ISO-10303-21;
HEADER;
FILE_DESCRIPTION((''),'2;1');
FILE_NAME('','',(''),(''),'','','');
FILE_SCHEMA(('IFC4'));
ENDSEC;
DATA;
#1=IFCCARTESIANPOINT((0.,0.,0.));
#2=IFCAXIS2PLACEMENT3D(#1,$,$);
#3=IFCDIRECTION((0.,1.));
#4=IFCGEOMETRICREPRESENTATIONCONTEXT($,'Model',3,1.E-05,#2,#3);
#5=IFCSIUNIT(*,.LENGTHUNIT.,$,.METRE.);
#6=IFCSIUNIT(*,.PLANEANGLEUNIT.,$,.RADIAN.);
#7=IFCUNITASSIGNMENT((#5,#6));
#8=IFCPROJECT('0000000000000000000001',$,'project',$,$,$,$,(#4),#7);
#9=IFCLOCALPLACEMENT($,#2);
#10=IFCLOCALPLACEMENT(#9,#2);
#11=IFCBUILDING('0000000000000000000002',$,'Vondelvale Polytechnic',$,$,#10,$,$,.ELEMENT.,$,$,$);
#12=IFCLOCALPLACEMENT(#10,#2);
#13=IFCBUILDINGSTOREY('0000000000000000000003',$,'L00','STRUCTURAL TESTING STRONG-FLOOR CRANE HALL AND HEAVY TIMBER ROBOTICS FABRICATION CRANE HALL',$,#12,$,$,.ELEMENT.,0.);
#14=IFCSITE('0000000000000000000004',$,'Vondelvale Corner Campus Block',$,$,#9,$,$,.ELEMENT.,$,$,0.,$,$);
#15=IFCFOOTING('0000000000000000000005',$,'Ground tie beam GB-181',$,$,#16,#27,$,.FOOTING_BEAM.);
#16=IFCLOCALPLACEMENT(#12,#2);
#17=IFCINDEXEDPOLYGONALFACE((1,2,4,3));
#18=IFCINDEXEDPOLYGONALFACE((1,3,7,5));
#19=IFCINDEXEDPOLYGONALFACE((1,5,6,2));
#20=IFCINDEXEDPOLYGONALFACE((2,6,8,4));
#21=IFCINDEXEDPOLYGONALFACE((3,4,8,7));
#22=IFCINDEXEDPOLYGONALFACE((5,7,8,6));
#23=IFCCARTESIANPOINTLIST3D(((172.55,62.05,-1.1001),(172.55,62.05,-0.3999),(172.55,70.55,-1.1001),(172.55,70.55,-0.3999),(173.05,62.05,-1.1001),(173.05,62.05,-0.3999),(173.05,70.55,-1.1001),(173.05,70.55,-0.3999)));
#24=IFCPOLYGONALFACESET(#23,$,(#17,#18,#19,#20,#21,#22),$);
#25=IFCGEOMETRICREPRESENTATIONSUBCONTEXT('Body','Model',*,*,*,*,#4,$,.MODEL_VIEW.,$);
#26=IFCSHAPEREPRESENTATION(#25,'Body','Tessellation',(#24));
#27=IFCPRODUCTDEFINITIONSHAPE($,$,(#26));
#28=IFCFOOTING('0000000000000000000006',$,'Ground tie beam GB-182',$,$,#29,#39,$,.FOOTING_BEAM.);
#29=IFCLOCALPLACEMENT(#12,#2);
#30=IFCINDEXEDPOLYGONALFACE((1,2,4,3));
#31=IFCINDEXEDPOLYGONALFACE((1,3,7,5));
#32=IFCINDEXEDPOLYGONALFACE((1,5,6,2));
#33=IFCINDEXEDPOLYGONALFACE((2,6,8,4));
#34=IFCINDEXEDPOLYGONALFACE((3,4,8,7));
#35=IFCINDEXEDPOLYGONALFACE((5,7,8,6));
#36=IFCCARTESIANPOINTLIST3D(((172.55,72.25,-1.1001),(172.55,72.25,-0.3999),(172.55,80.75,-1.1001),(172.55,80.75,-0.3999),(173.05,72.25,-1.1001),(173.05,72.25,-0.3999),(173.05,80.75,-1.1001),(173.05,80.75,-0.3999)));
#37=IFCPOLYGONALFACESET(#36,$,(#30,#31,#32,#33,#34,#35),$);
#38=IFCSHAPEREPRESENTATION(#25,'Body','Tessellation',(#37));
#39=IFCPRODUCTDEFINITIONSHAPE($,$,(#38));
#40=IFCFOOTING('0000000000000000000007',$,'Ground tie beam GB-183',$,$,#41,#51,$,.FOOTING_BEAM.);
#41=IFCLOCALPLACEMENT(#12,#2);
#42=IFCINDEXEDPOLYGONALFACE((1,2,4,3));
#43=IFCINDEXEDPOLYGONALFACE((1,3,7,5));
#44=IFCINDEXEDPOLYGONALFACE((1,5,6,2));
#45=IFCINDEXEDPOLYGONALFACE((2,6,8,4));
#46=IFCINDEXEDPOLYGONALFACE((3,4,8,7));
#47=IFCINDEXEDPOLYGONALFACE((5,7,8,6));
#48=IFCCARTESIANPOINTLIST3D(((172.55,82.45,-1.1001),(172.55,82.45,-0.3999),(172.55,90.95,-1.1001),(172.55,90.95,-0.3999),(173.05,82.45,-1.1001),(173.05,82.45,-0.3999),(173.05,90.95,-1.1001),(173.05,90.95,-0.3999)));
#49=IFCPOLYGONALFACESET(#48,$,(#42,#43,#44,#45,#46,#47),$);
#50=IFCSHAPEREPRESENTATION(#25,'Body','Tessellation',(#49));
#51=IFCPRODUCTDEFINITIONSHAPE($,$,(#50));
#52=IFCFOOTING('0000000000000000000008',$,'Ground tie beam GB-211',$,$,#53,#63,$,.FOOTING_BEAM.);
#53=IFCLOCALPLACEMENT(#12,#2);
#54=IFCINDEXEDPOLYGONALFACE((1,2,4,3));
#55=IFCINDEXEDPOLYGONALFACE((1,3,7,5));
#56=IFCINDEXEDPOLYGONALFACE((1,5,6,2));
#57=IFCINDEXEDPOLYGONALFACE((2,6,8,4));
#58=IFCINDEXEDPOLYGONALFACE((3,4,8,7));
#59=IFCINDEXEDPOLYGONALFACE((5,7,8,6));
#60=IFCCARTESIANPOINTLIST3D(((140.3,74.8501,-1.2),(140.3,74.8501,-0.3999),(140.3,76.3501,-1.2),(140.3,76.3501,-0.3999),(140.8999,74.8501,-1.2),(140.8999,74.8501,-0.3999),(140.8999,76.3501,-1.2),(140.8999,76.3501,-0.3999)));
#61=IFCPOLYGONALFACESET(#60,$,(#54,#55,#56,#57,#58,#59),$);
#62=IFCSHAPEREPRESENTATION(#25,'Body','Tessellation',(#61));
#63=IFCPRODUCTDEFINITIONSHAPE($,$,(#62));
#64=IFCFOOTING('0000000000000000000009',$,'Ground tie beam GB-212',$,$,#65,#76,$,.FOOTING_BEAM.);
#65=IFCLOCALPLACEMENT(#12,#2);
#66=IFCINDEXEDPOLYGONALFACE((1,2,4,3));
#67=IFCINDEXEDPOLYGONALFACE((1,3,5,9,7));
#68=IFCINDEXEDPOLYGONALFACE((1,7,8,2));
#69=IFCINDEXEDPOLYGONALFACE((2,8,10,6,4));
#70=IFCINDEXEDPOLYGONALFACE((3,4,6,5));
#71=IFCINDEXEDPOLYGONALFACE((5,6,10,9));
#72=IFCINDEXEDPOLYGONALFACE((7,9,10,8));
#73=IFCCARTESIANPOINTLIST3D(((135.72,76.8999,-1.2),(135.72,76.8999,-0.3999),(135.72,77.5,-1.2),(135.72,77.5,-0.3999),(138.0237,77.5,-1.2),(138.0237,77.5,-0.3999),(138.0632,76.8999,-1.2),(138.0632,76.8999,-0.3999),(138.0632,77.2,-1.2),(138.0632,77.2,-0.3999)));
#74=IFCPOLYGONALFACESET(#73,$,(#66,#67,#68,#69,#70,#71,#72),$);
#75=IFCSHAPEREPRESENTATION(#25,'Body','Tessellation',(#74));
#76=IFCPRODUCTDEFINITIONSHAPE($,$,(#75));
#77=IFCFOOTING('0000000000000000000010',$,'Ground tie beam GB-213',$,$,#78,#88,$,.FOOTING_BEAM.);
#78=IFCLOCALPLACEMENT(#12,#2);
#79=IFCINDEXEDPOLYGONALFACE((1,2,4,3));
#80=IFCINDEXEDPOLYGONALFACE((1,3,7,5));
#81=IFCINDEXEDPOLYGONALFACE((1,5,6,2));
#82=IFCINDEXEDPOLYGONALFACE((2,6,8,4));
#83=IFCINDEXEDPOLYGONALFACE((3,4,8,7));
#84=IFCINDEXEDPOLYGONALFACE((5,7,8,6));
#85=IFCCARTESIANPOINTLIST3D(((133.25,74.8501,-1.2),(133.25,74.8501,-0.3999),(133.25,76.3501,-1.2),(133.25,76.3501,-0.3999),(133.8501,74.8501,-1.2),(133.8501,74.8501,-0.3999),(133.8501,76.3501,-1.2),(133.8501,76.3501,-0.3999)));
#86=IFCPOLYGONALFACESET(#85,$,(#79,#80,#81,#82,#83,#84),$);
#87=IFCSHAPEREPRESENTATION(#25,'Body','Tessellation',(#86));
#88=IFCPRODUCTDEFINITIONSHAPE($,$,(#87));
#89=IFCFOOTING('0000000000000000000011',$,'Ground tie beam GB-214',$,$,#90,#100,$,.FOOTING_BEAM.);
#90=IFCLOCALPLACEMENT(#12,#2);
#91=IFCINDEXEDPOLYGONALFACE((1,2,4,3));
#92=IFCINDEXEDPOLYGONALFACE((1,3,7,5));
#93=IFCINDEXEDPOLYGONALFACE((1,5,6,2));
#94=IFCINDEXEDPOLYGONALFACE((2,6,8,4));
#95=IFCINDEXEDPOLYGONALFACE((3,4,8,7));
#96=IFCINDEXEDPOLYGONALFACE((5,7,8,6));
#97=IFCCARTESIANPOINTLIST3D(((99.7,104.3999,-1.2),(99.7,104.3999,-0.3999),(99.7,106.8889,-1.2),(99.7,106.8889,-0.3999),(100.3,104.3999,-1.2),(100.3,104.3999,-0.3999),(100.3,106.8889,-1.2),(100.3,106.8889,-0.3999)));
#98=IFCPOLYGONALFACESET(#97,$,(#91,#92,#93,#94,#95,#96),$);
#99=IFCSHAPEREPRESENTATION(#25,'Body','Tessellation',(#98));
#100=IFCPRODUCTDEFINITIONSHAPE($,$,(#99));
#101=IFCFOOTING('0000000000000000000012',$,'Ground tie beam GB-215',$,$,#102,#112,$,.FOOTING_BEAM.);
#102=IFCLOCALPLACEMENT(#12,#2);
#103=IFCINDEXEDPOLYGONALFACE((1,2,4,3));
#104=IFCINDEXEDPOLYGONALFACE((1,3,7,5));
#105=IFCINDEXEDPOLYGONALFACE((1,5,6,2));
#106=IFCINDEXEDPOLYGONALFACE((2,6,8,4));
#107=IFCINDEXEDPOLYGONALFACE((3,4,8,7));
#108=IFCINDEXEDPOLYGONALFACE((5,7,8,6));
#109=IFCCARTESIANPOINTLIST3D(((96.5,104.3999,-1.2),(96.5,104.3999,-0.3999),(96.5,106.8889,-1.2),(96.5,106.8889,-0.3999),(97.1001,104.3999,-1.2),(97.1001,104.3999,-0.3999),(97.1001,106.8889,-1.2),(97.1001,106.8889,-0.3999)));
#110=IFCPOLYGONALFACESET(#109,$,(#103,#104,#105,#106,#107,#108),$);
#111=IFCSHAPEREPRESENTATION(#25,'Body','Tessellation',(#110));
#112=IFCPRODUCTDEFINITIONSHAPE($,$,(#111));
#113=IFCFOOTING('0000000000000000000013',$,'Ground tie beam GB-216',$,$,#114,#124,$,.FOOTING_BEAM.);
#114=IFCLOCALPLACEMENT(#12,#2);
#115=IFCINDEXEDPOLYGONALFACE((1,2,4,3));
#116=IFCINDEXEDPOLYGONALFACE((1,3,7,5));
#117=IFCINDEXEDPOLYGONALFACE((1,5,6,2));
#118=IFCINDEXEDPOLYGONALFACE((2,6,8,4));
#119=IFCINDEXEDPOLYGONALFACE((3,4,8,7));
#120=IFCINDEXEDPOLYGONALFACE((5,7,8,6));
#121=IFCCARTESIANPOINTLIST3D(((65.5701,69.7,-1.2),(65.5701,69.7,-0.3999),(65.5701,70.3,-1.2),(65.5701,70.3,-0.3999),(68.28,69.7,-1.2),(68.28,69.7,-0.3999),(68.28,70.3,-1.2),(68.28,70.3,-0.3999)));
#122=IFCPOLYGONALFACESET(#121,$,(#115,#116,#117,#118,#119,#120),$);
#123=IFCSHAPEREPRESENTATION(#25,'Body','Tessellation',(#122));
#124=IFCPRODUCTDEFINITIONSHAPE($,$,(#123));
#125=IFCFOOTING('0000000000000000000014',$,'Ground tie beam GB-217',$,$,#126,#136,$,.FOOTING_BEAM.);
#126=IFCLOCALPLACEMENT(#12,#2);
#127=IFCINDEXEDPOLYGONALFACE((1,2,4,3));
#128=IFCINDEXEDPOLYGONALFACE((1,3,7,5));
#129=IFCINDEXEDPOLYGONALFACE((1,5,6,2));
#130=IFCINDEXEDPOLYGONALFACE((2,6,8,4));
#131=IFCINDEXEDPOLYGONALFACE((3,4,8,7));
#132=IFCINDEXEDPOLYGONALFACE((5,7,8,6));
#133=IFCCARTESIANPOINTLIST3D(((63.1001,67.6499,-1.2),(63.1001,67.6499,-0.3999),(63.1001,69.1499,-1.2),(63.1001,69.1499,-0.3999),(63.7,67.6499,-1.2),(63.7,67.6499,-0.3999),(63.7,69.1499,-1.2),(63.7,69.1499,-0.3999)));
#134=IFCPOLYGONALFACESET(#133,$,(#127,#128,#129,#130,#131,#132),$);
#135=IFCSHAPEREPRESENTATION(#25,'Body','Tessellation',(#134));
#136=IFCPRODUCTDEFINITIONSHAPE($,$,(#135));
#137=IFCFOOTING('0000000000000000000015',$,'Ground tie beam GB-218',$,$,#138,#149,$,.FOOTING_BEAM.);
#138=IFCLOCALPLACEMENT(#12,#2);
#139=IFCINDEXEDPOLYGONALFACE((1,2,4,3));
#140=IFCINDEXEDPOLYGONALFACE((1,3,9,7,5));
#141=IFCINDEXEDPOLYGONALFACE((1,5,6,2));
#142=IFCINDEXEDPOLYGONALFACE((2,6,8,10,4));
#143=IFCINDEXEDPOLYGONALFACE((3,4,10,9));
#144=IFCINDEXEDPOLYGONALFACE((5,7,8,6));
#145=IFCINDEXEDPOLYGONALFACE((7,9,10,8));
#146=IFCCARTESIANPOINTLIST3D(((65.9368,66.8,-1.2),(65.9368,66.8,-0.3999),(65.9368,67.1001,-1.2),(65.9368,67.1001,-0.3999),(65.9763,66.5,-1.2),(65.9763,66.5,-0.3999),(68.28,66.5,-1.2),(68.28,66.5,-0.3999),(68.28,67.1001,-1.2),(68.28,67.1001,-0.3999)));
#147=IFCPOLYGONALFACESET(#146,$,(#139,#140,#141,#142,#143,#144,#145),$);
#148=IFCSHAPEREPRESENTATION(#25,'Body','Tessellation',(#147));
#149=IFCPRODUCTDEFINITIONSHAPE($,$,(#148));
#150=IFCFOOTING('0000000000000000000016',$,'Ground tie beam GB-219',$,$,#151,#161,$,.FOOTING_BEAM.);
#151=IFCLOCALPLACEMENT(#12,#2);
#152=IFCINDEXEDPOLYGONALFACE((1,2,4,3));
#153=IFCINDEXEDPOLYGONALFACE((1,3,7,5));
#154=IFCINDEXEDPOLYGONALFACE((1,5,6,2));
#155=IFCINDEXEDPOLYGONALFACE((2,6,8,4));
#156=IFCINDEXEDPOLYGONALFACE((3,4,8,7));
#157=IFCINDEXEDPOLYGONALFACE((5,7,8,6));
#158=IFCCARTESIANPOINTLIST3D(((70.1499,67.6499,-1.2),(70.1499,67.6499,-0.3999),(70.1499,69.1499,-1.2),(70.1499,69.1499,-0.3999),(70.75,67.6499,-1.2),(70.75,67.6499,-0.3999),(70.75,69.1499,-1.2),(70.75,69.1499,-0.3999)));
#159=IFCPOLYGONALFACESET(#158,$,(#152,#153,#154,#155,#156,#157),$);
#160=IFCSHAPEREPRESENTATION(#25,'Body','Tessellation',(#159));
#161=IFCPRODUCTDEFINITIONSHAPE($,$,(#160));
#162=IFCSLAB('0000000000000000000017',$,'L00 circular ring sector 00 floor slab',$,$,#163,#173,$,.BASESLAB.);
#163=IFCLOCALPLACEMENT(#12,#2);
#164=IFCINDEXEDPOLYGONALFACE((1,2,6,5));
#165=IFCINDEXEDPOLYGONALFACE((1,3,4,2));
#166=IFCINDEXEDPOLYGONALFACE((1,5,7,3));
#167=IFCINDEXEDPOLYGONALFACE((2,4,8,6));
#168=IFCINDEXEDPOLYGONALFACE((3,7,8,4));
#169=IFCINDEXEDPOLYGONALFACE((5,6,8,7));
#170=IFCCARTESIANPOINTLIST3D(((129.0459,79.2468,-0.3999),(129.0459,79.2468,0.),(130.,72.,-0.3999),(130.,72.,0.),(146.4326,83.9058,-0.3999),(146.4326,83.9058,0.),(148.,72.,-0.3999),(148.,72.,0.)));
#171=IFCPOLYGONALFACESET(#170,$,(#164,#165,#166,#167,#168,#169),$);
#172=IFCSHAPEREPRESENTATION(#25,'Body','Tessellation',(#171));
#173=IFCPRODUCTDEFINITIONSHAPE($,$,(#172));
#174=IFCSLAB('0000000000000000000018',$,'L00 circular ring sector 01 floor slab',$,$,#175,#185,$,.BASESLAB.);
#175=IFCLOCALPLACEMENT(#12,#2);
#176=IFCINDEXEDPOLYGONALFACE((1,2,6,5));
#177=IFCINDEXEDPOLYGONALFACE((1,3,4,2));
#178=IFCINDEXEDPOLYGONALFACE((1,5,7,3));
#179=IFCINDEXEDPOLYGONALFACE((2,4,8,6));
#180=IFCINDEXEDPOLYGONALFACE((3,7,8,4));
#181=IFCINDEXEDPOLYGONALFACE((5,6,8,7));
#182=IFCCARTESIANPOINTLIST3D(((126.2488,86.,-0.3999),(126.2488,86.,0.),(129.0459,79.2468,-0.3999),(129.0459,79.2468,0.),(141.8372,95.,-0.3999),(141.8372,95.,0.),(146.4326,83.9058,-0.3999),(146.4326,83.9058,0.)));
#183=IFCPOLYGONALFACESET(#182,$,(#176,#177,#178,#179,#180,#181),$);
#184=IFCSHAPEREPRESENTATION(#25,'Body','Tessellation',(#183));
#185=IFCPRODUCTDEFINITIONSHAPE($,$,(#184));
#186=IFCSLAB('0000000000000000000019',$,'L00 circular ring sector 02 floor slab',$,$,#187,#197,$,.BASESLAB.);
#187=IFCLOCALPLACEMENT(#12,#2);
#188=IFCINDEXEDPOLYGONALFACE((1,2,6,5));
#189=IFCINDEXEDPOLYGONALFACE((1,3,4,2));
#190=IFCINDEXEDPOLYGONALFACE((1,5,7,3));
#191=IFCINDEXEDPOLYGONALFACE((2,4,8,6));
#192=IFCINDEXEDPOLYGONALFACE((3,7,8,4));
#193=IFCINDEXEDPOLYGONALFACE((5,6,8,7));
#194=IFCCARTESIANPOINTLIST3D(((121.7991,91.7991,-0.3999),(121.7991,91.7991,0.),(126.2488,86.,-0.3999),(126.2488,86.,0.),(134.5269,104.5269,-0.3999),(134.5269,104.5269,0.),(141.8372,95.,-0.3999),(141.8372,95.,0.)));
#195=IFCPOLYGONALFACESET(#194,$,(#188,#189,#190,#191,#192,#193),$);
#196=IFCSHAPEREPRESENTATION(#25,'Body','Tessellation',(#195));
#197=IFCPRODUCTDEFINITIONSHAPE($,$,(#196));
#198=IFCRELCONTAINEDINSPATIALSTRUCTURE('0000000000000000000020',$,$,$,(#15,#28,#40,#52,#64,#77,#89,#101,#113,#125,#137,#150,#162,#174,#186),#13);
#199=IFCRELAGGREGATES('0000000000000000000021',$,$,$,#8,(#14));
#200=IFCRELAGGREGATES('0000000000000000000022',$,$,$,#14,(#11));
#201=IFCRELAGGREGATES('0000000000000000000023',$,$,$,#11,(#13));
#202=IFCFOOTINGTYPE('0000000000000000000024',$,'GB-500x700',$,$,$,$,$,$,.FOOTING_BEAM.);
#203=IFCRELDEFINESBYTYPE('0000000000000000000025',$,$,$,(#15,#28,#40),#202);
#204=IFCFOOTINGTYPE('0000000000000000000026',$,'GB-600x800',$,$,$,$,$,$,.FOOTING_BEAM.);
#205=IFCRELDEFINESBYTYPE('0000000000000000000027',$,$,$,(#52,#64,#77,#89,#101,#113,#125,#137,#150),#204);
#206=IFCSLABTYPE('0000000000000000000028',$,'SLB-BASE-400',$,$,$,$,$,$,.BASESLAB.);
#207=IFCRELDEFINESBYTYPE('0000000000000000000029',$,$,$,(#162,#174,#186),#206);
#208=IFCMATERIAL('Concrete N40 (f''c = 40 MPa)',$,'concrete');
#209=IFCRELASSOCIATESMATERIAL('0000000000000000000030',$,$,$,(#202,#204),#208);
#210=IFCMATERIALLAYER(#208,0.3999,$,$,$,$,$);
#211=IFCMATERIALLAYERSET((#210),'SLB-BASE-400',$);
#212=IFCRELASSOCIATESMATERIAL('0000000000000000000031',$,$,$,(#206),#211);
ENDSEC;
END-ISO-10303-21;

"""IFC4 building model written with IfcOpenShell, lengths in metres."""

from ifc_helpers import new_model, si_unit, direction, frame, origin, place, context, subcontext, project, spatial, polyline, outline, extrude, material, layer, layer_set, type_object, element, save


model = new_model("IFC4")

# Units and contexts
model_context = context("Model", 3, precision=1e-05, world=origin(), true_north=direction((0.0, 1.0)))
body_context = subcontext(model_context, "Body", "Model", "MODEL_VIEW")
ifc_project = project(units=[si_unit("LENGTHUNIT", "METRE"), si_unit("PLANEANGLEUNIT", "RADIAN")], contexts=[model_context])

# Site, building, storey
site_placement = place(None, origin())
site = spatial("IfcSite", under=ifc_project, at=site_placement, Name="Vondelvale Corner Campus Block", CompositionType="ELEMENT", RefElevation=0.0)
building_placement = place(site_placement, origin())
building = spatial("IfcBuilding", under=site, at=building_placement, Name="Vondelvale Polytechnic", CompositionType="ELEMENT")
storey_placement = place(building_placement, origin())
storey = spatial("IfcBuildingStorey", under=building, at=storey_placement, Name="L00", Description="STRUCTURAL TESTING STRONG-FLOOR CRANE HALL AND HEAVY TIMBER ROBOTICS FABRICATION CRANE HALL", CompositionType="ELEMENT", Elevation=0.0)

# Footings
ifc_material = material(Name="Concrete N40 (f'c = 40 MPa)", Category="concrete")
footing_type_1 = type_object("IfcFootingType", Name="GB-500x700", PredefinedType="FOOTING_BEAM", material=ifc_material)
footing_1_placement = place(storey_placement, frame((0.0, 0.0, -1.1001)))
element("IfcFooting", 1, at=footing_1_placement, inside=storey, type_object=footing_type_1, Name="Ground tie beam GB-181", PredefinedType="FOOTING_BEAM", context=body_context, shape_type="SweptSolid", body=[
    extrude(outline(polyline([(173.05, 62.05), (172.55, 62.05), (172.55, 70.55), (173.05, 70.55), (173.05, 62.05)])), origin(), (0.0, 0.0, 1.0), 0.7002),
])
footing_2_placement = place(storey_placement, frame((0.0, 0.0, -1.1001)))
element("IfcFooting", 2, at=footing_2_placement, inside=storey, type_object=footing_type_1, Name="Ground tie beam GB-182", PredefinedType="FOOTING_BEAM", context=body_context, shape_type="SweptSolid", body=[
    extrude(outline(polyline([(173.05, 72.25), (172.55, 72.25), (172.55, 80.75), (173.05, 80.75), (173.05, 72.25)])), origin(), (0.0, 0.0, 1.0), 0.7002),
])
footing_3_placement = place(storey_placement, frame((0.0, 0.0, -1.1001)))
element("IfcFooting", 3, at=footing_3_placement, inside=storey, type_object=footing_type_1, Name="Ground tie beam GB-183", PredefinedType="FOOTING_BEAM", context=body_context, shape_type="SweptSolid", body=[
    extrude(outline(polyline([(173.05, 82.45), (172.55, 82.45), (172.55, 90.95), (173.05, 90.95), (173.05, 82.45)])), origin(), (0.0, 0.0, 1.0), 0.7002),
])
footing_type_2 = type_object("IfcFootingType", Name="GB-600x800", PredefinedType="FOOTING_BEAM", material=ifc_material)
footing_4_placement = place(storey_placement, frame((0.0, 0.0, -1.2)))
element("IfcFooting", 4, at=footing_4_placement, inside=storey, type_object=footing_type_2, Name="Ground tie beam GB-211", PredefinedType="FOOTING_BEAM", context=body_context, shape_type="SweptSolid", body=[
    extrude(outline(polyline([(140.8999, 74.8501), (140.3, 74.8501), (140.3, 76.3501), (140.8999, 76.3501), (140.8999, 74.8501)])), origin(), (0.0, 0.0, 1.0), 0.8),
])
footing_5_placement = place(storey_placement, frame((0.0, 0.0, -1.2)))
element("IfcFooting", 5, at=footing_5_placement, inside=storey, type_object=footing_type_2, Name="Ground tie beam GB-212", PredefinedType="FOOTING_BEAM", context=body_context, shape_type="SweptSolid", body=[
    extrude(outline(polyline([(138.0237, 77.5), (138.0632, 77.2), (138.0632, 76.8999), (135.72, 76.8999), (135.72, 77.5), (138.0237, 77.5)])), origin(), (0.0, 0.0, 1.0), 0.8),
])
footing_6_placement = place(storey_placement, frame((0.0, 0.0, -1.2)))
element("IfcFooting", 6, at=footing_6_placement, inside=storey, type_object=footing_type_2, Name="Ground tie beam GB-213", PredefinedType="FOOTING_BEAM", context=body_context, shape_type="SweptSolid", body=[
    extrude(outline(polyline([(133.25, 76.3501), (133.8501, 76.3501), (133.8501, 74.8501), (133.25, 74.8501), (133.25, 76.3501)])), origin(), (0.0, 0.0, 1.0), 0.8),
])
footing_7_placement = place(storey_placement, frame((0.0, 0.0, -1.2)))
element("IfcFooting", 7, at=footing_7_placement, inside=storey, type_object=footing_type_2, Name="Ground tie beam GB-214", PredefinedType="FOOTING_BEAM", context=body_context, shape_type="SweptSolid", body=[
    extrude(outline(polyline([(100.3, 104.3999), (99.7, 104.3999), (99.7, 106.8889), (100.3, 106.8889), (100.3, 104.3999)])), origin(), (0.0, 0.0, 1.0), 0.8),
])
footing_8_placement = place(storey_placement, frame((0.0, 0.0, -1.2)))
element("IfcFooting", 8, at=footing_8_placement, inside=storey, type_object=footing_type_2, Name="Ground tie beam GB-215", PredefinedType="FOOTING_BEAM", context=body_context, shape_type="SweptSolid", body=[
    extrude(outline(polyline([(96.5, 106.8889), (97.1001, 106.8889), (97.1001, 104.3999), (96.5, 104.3999), (96.5, 106.8889)])), origin(), (0.0, 0.0, 1.0), 0.8),
])
footing_9_placement = place(storey_placement, frame((0.0, 0.0, -1.2)))
element("IfcFooting", 9, at=footing_9_placement, inside=storey, type_object=footing_type_2, Name="Ground tie beam GB-216", PredefinedType="FOOTING_BEAM", context=body_context, shape_type="SweptSolid", body=[
    extrude(outline(polyline([(68.28, 70.3), (68.28, 69.7), (65.5701, 69.7), (65.5701, 70.3), (68.28, 70.3)])), origin(), (0.0, 0.0, 1.0), 0.8),
])
footing_10_placement = place(storey_placement, frame((0.0, 0.0, -1.2)))
element("IfcFooting", 10, at=footing_10_placement, inside=storey, type_object=footing_type_2, Name="Ground tie beam GB-217", PredefinedType="FOOTING_BEAM", context=body_context, shape_type="SweptSolid", body=[
    extrude(outline(polyline([(63.1001, 69.1499), (63.7, 69.1499), (63.7, 67.6499), (63.1001, 67.6499), (63.1001, 69.1499)])), origin(), (0.0, 0.0, 1.0), 0.8),
])
footing_11_placement = place(storey_placement, frame((0.0, 0.0, -1.2)))
element("IfcFooting", 11, at=footing_11_placement, inside=storey, type_object=footing_type_2, Name="Ground tie beam GB-218", PredefinedType="FOOTING_BEAM", context=body_context, shape_type="SweptSolid", body=[
    extrude(outline(polyline([(65.9763, 66.5), (65.9368, 66.8), (65.9368, 67.1001), (68.28, 67.1001), (68.28, 66.5), (65.9763, 66.5)])), origin(), (0.0, 0.0, 1.0), 0.8),
])
footing_12_placement = place(storey_placement, frame((0.0, 0.0, -1.2)))
element("IfcFooting", 12, at=footing_12_placement, inside=storey, type_object=footing_type_2, Name="Ground tie beam GB-219", PredefinedType="FOOTING_BEAM", context=body_context, shape_type="SweptSolid", body=[
    extrude(outline(polyline([(70.75, 67.6499), (70.1499, 67.6499), (70.1499, 69.1499), (70.75, 69.1499), (70.75, 67.6499)])), origin(), (0.0, 0.0, 1.0), 0.8),
])

# Slabs
ifc_layer_1 = layer(ifc_material, 0.3999)
ifc_layer_set_1 = layer_set([ifc_layer_1], Name="SLB-BASE-400")
slab_type_1 = type_object("IfcSlabType", Name="SLB-BASE-400", PredefinedType="BASESLAB", material=ifc_layer_set_1)
slab_1_placement = place(storey_placement, frame((0.0, 0.0, -0.3999)))
element("IfcSlab", 13, at=slab_1_placement, inside=storey, type_object=slab_type_1, Name="L00 circular ring sector 00 floor slab", PredefinedType="BASESLAB", context=body_context, shape_type="SweptSolid", body=[
    extrude(outline(polyline([(130.0, 72.0), (148.0, 72.0), (146.4326, 83.9058), (129.0459, 79.2468), (130.0, 72.0)])), origin(), (0.0, 0.0, 1.0), 0.3999),
])
slab_2_placement = place(storey_placement, frame((0.0, 0.0, -0.3999)))
element("IfcSlab", 14, at=slab_2_placement, inside=storey, type_object=slab_type_1, Name="L00 circular ring sector 01 floor slab", PredefinedType="BASESLAB", context=body_context, shape_type="SweptSolid", body=[
    extrude(outline(polyline([(129.0459, 79.2468), (146.4326, 83.9058), (141.8372, 95.0), (126.2488, 86.0), (129.0459, 79.2468)])), origin(), (0.0, 0.0, 1.0), 0.3999),
])
slab_3_placement = place(storey_placement, frame((0.0, 0.0, -0.3999)))
element("IfcSlab", 15, at=slab_3_placement, inside=storey, type_object=slab_type_1, Name="L00 circular ring sector 02 floor slab", PredefinedType="BASESLAB", context=body_context, shape_type="SweptSolid", body=[
    extrude(outline(polyline([(126.2488, 86.0), (141.8372, 95.0), (134.5269, 104.5269), (121.7991, 91.7991), (126.2488, 86.0)])), origin(), (0.0, 0.0, 1.0), 0.3999),
])

save(model, "model.ifc")
